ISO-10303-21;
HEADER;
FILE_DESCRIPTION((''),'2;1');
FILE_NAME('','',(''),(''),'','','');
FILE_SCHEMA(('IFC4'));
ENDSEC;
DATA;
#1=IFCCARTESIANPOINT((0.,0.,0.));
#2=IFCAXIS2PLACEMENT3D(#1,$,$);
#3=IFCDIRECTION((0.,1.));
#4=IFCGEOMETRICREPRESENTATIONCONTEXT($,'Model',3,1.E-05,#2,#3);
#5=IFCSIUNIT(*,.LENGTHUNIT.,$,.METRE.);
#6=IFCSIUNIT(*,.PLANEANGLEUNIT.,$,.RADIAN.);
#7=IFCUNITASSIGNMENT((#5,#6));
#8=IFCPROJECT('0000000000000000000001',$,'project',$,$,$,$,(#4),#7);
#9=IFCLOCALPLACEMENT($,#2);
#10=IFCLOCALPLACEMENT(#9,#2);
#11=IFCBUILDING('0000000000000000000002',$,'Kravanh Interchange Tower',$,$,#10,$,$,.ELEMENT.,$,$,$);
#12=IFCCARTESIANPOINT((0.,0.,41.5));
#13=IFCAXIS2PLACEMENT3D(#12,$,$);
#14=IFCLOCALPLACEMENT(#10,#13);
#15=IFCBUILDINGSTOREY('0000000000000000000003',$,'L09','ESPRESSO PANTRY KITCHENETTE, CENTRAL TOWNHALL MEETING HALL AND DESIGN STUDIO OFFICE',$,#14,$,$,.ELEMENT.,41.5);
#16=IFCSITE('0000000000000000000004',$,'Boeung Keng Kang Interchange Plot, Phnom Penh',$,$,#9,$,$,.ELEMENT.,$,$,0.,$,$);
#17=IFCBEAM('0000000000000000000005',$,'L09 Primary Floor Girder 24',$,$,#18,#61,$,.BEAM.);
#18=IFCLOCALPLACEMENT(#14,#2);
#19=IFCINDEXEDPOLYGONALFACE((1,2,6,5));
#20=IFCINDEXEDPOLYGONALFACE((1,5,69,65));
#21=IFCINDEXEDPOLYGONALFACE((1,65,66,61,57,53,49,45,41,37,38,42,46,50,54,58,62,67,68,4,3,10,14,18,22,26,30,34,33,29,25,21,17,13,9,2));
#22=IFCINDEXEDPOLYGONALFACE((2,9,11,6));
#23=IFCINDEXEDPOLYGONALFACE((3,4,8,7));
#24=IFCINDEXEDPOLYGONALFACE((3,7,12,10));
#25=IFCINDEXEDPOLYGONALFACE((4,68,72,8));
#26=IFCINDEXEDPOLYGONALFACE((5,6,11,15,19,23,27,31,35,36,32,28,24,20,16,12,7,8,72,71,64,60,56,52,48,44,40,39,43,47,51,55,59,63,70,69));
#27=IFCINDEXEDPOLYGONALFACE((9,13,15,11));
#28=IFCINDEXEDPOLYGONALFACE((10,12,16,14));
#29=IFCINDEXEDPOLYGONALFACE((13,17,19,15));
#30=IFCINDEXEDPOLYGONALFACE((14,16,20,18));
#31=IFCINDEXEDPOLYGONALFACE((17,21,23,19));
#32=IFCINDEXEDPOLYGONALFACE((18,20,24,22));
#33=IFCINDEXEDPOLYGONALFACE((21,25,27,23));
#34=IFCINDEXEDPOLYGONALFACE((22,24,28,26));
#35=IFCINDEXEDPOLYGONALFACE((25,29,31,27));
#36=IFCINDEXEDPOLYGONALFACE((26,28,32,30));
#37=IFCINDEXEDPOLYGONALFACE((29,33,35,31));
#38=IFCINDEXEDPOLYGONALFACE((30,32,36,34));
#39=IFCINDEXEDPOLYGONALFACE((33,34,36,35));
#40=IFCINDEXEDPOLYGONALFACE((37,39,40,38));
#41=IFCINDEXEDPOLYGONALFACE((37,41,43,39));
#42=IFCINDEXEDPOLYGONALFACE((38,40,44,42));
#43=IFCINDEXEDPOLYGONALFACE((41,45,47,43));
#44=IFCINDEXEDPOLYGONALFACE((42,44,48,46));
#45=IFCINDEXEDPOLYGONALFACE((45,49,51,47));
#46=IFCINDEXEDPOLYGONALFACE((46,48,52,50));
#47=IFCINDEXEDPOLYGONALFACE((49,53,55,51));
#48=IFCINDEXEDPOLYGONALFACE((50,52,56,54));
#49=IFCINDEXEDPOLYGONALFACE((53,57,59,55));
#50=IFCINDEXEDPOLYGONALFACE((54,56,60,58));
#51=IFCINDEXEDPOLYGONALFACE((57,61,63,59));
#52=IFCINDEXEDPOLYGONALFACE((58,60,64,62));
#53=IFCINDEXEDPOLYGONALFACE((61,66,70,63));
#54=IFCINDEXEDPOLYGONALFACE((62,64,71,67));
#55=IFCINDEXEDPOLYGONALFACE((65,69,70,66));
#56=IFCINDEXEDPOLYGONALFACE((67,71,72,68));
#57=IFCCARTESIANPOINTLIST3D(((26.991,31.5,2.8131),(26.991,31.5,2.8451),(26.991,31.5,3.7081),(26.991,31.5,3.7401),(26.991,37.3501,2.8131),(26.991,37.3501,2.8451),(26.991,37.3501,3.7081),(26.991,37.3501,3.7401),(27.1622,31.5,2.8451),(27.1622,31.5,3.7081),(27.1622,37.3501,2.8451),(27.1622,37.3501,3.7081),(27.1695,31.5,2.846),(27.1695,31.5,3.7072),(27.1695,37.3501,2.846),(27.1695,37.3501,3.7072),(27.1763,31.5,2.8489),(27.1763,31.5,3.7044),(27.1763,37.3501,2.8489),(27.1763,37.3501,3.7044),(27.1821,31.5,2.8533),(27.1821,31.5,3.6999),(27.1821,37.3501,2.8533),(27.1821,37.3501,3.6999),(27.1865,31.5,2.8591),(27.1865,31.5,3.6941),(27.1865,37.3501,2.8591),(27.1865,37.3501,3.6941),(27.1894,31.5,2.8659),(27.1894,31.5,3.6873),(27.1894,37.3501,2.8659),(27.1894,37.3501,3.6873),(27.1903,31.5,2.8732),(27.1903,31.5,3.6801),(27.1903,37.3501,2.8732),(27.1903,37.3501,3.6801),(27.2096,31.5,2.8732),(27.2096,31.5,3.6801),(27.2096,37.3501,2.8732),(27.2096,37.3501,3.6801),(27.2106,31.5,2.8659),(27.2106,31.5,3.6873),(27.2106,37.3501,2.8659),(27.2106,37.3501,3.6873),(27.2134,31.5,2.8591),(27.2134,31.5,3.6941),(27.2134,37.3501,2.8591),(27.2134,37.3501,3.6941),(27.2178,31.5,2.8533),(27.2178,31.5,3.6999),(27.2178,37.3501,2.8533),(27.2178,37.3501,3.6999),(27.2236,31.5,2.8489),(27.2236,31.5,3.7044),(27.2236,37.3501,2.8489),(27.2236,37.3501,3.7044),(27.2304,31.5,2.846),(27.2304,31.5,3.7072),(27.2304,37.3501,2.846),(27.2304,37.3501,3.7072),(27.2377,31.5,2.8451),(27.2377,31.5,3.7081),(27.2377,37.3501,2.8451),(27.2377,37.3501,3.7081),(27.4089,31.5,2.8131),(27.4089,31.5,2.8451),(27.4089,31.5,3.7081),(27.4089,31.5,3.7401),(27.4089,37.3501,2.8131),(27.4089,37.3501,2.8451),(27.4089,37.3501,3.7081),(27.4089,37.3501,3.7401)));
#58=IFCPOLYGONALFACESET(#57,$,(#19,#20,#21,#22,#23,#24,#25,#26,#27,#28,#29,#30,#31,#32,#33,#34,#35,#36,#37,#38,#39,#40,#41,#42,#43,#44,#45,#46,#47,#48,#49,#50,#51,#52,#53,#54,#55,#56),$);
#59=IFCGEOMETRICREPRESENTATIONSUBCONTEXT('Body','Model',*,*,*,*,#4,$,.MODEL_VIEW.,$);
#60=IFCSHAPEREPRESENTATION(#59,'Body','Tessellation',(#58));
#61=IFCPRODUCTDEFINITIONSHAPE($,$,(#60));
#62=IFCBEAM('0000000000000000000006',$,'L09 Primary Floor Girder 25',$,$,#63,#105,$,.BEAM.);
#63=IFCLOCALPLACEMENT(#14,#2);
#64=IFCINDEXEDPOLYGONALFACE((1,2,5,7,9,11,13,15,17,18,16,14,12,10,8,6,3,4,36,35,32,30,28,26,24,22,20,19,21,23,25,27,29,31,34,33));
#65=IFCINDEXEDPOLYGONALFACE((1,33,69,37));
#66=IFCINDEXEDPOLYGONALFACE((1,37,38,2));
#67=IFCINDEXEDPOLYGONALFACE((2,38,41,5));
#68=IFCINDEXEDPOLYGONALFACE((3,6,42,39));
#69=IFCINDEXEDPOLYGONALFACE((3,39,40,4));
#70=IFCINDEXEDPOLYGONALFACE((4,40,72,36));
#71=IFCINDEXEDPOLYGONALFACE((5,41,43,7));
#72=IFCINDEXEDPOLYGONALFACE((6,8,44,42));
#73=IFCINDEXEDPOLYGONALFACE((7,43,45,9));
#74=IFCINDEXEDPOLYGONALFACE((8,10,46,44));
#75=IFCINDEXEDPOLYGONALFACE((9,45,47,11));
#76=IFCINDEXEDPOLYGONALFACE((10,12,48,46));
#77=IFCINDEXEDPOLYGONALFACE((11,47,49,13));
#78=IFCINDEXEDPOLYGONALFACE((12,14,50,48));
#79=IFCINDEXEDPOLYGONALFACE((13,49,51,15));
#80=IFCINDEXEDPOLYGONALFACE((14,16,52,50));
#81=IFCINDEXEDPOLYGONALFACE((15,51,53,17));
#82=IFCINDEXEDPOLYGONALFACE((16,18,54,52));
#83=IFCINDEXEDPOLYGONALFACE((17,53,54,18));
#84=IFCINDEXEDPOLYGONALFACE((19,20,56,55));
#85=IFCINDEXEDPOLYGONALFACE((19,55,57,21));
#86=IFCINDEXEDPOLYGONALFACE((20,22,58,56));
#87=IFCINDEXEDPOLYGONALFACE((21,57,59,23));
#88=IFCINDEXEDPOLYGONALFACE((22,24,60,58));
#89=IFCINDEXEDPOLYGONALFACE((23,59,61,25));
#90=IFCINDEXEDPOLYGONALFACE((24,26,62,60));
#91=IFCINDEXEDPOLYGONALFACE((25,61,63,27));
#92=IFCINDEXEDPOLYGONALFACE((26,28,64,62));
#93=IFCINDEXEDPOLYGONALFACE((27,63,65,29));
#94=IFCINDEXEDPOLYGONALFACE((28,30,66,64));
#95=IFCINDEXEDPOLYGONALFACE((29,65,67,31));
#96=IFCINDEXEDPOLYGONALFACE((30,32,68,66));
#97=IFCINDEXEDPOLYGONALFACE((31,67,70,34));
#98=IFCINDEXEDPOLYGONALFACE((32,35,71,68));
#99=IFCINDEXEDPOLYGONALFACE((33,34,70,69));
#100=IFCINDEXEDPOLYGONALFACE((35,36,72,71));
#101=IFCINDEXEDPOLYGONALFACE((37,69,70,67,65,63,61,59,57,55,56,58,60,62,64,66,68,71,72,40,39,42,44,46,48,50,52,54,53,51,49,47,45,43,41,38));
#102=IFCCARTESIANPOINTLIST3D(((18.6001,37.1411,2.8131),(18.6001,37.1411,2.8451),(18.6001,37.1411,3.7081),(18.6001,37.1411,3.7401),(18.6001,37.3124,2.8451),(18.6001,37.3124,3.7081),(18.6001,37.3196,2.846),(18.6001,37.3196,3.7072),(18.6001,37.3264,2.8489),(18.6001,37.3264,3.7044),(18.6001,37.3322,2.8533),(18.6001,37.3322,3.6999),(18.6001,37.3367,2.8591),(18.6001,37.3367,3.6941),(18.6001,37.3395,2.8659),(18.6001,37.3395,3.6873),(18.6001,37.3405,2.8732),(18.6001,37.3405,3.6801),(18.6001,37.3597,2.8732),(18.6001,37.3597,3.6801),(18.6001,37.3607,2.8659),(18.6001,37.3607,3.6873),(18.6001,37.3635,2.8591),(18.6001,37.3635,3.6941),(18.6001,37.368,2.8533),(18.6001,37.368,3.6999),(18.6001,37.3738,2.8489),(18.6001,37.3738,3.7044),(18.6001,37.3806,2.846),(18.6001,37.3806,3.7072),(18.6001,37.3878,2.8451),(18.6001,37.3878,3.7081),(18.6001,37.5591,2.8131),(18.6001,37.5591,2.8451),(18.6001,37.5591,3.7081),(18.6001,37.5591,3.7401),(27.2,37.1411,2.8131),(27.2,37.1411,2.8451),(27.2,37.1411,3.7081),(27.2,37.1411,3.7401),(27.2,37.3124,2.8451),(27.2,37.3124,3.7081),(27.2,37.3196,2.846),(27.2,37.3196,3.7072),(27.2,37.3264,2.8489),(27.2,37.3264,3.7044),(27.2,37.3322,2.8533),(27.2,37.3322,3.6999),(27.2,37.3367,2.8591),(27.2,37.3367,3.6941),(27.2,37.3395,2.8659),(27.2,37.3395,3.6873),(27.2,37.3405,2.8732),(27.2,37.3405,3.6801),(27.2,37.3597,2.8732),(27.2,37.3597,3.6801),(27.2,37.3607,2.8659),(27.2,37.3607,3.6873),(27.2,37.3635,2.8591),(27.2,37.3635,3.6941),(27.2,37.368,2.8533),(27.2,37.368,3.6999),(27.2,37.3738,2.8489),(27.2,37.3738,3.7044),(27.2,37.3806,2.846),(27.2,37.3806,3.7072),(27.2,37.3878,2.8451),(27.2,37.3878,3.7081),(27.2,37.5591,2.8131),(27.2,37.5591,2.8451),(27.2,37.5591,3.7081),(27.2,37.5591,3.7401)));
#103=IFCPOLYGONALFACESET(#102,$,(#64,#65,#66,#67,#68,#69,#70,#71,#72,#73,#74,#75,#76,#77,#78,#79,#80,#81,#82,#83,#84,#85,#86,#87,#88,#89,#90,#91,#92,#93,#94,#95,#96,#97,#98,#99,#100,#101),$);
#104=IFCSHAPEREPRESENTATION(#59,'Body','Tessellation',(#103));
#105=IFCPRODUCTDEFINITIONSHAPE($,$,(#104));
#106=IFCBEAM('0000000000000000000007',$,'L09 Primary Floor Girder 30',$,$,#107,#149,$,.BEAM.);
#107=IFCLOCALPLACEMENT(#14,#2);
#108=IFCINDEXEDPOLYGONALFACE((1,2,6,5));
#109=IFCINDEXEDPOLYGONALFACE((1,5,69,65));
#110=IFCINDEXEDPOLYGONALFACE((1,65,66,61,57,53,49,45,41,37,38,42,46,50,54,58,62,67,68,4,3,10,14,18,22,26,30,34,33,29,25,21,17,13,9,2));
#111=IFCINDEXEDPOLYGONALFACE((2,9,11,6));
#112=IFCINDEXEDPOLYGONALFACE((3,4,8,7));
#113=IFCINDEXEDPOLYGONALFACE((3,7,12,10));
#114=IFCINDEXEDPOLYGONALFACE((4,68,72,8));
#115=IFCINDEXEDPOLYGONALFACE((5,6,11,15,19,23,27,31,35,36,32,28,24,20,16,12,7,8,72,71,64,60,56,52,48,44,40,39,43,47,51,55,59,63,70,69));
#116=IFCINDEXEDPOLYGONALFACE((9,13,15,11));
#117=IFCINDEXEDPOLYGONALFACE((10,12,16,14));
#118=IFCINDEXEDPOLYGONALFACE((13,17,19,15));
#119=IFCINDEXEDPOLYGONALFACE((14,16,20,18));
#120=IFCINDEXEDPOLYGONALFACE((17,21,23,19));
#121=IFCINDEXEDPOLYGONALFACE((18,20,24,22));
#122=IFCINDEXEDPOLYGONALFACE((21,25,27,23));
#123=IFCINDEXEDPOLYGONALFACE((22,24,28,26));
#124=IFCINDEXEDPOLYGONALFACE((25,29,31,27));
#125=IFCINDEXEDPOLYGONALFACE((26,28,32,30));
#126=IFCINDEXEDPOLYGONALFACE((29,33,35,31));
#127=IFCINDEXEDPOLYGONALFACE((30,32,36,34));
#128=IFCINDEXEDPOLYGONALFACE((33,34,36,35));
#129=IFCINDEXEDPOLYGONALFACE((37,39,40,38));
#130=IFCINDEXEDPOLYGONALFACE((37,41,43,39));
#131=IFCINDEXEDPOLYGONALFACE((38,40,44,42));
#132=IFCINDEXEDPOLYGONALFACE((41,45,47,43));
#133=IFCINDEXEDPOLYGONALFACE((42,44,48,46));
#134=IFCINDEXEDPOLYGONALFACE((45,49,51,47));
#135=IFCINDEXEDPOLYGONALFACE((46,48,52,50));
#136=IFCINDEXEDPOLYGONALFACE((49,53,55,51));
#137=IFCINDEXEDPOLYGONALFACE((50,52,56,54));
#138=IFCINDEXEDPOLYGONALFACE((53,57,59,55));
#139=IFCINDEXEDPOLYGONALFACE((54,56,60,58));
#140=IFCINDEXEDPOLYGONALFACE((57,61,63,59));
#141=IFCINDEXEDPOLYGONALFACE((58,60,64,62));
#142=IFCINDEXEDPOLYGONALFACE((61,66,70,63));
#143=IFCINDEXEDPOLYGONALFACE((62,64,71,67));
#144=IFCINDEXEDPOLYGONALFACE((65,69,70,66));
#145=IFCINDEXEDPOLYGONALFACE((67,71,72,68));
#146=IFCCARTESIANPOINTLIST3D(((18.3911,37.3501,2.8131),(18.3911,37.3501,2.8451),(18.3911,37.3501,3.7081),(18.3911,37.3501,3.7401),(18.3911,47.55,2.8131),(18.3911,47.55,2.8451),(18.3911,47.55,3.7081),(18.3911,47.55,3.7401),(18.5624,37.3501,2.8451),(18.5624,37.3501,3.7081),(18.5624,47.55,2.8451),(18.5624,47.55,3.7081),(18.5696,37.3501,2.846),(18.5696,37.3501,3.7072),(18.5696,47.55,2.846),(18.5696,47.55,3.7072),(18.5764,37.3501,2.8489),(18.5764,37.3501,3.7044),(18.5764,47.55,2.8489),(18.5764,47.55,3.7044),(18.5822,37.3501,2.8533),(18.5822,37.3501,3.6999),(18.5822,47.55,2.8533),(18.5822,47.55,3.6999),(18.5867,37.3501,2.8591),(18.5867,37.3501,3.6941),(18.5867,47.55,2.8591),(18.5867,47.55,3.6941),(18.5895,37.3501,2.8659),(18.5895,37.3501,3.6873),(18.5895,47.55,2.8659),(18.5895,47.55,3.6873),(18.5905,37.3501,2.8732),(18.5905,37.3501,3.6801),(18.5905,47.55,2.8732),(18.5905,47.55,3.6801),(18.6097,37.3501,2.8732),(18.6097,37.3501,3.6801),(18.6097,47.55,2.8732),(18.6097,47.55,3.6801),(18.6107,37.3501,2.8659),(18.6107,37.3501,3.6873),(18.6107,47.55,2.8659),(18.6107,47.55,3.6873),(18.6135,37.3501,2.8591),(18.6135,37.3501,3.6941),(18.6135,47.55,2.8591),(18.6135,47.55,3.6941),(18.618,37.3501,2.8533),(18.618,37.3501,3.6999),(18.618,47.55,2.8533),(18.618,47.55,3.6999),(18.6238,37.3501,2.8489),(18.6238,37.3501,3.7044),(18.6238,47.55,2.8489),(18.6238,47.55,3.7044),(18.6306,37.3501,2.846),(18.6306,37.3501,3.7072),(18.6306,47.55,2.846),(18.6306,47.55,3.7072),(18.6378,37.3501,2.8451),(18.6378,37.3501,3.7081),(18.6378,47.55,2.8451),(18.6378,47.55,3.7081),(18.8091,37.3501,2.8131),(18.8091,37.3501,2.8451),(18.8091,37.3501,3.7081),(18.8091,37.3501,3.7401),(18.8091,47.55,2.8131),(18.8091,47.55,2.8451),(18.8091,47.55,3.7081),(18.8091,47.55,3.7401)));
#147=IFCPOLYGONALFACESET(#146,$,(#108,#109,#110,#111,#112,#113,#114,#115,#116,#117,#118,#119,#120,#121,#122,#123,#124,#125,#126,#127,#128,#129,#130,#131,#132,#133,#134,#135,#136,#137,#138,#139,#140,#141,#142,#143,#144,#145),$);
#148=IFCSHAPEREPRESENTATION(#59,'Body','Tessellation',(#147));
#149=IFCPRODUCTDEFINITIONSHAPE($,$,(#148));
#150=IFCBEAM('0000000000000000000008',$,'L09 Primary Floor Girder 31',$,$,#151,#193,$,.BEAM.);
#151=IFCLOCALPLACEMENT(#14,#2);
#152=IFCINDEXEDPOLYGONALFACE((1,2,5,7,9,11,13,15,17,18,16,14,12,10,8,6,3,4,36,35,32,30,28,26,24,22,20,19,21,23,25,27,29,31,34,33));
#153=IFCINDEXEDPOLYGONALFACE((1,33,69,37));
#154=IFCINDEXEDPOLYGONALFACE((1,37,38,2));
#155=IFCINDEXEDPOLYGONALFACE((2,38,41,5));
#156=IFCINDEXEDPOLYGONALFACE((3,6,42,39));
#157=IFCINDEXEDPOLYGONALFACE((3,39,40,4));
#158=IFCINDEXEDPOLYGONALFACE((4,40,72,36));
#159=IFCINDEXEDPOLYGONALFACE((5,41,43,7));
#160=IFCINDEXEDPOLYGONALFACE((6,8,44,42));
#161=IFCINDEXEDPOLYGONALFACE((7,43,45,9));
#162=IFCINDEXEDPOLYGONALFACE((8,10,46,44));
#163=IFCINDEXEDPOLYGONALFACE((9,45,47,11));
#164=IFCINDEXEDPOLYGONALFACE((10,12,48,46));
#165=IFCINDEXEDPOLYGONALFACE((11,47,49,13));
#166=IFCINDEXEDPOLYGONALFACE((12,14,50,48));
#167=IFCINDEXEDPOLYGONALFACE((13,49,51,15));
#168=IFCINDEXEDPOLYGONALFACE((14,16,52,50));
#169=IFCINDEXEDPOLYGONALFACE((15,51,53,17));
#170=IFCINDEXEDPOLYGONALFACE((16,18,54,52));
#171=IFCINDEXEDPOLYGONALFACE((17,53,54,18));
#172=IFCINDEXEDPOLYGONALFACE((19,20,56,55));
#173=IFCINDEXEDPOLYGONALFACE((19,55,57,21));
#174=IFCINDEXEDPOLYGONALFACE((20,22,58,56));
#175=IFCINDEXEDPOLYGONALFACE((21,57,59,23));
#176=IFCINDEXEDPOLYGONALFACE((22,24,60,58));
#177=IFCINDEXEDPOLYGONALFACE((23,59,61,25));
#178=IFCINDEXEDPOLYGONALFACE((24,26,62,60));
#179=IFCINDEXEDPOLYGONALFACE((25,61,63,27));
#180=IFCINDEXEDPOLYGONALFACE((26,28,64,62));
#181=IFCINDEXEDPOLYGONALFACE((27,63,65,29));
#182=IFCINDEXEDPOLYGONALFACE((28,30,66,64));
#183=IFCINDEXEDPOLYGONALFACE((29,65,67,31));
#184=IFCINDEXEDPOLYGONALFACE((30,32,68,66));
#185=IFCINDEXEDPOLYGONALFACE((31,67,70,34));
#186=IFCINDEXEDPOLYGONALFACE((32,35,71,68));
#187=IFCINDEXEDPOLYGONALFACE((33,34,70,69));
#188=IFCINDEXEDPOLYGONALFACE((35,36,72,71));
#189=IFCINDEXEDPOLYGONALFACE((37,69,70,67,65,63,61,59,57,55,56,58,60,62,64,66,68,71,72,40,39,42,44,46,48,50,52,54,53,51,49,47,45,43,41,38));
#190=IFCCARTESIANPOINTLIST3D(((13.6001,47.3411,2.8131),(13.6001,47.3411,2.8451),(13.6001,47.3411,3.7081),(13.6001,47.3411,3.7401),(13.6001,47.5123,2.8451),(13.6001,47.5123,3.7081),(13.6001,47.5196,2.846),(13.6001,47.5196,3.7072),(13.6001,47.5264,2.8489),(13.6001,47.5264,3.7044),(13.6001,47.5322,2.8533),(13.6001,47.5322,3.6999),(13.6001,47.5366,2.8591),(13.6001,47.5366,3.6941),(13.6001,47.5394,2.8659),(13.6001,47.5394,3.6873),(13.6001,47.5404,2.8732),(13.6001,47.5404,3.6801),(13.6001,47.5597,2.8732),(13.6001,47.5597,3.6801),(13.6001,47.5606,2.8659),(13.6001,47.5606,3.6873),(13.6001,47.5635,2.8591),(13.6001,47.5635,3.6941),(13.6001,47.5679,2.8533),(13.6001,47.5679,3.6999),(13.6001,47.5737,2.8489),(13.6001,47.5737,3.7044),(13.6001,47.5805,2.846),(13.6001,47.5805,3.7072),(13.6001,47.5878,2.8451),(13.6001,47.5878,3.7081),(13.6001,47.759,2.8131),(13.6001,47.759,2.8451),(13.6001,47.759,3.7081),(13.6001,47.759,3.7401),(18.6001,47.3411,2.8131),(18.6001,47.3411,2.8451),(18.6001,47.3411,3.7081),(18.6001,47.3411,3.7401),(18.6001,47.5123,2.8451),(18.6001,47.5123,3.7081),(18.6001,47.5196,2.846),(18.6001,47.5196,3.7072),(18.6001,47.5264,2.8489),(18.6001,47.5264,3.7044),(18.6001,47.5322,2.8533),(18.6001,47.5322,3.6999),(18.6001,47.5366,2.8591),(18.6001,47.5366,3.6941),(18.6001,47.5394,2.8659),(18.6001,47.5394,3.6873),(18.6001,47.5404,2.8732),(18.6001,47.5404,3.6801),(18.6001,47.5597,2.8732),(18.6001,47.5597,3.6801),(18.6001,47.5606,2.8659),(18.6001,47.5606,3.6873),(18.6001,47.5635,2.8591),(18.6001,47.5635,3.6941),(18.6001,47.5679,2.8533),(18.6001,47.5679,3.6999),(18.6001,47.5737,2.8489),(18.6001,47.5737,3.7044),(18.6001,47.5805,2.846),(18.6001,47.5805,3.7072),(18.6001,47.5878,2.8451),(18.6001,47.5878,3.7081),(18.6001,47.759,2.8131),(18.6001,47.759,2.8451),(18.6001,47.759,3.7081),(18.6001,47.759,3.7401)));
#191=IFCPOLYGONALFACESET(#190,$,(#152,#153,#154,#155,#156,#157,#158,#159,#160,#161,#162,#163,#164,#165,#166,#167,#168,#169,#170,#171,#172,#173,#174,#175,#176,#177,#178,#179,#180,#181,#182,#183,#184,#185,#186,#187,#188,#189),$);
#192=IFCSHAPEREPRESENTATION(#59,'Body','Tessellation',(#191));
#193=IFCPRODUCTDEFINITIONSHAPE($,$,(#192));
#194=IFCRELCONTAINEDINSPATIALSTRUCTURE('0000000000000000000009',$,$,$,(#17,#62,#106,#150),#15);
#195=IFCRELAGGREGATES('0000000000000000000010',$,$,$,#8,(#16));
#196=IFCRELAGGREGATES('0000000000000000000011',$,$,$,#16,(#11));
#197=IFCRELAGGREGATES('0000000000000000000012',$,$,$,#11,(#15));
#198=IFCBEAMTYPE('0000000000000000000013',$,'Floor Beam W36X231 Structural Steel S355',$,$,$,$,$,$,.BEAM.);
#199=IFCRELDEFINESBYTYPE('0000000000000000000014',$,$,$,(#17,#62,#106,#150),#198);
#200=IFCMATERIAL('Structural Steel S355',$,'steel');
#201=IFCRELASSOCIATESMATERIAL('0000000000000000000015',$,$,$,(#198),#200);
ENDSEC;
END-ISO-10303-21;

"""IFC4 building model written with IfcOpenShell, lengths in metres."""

from ifc_helpers import new_model, si_unit, direction, frame, origin, origin_2d, place, context, subcontext, project, spatial, i_section, extrude, material, material_profile, profile_set, type_object, element, save


model = new_model("IFC4")

# Units and contexts
model_context = context("Model", 3, precision=1e-05, world=origin(), true_north=direction((0.0, 1.0)))
body_context = subcontext(model_context, "Body", "Model", "MODEL_VIEW")
ifc_project = project(units=[si_unit("LENGTHUNIT", "METRE"), si_unit("PLANEANGLEUNIT", "RADIAN")], contexts=[model_context])

# Site, building, storey
site_placement = place(None, origin())
site = spatial("IfcSite", under=ifc_project, at=site_placement, Name="Boeung Keng Kang Interchange Plot, Phnom Penh", CompositionType="ELEMENT", RefElevation=0.0)
building_placement = place(site_placement, origin())
building = spatial("IfcBuilding", under=site, at=building_placement, Name="Kravanh Interchange Tower", CompositionType="ELEMENT")
storey_placement = place(building_placement, frame((0.0, 0.0, 41.5)))
storey = spatial("IfcBuildingStorey", under=building, at=storey_placement, Name="L09", Description="ESPRESSO PANTRY KITCHENETTE, CENTRAL TOWNHALL MEETING HALL AND DESIGN STUDIO OFFICE", CompositionType="ELEMENT", Elevation=41.5)

# Beams
ifc_material_1 = material(Name="Structural Steel S355", Category="steel")
ifc_material_profile_1 = material_profile(ifc_material_1, i_section(OverallWidth=0.418, OverallDepth=0.927, WebThickness=0.0193, FlangeThickness=0.032, FilletRadius=0.0281, at=origin_2d()), Name="W36X231")
ifc_profile_set_1 = profile_set([ifc_material_profile_1], Name="Structural Steel S355")
beam_type = type_object("IfcBeamType", Name="Floor Beam W36X231 Structural Steel S355", PredefinedType="BEAM", material=ifc_profile_set_1)
beam_1_placement = place(storey_placement, frame((27.2, 37.3501, 3.2766), z_axis=(0.0, -1.0, 0.0), x_axis=(1.0, 0.0, 0.0)))
element("IfcBeam", 1, at=beam_1_placement, inside=storey, type_object=beam_type, Name="L09 Primary Floor Girder 24", PredefinedType="BEAM", context=body_context, shape_type="SweptSolid", body=[
    extrude(i_section(OverallWidth=0.418, OverallDepth=0.927, WebThickness=0.0193, FlangeThickness=0.032, FilletRadius=0.0281, at=origin_2d()), origin(), (0.0, 0.0, 1.0), 5.8501),
])
beam_2_placement = place(storey_placement, frame((27.2, 37.3501, 3.2766), z_axis=(-1.0, 0.0, 0.0), x_axis=(0.0, -1.0, 0.0)))
element("IfcBeam", 2, at=beam_2_placement, inside=storey, type_object=beam_type, Name="L09 Primary Floor Girder 25", PredefinedType="BEAM", context=body_context, shape_type="SweptSolid", body=[
    extrude(i_section(OverallWidth=0.418, OverallDepth=0.927, WebThickness=0.0193, FlangeThickness=0.032, FilletRadius=0.0281, at=origin_2d()), origin(), (0.0, 0.0, 1.0), 8.5999),
])
beam_3_placement = place(storey_placement, frame((18.6001, 37.3501, 3.2766), z_axis=(0.0, 1.0, 0.0), x_axis=(-1.0, 0.0, 0.0)))
element("IfcBeam", 3, at=beam_3_placement, inside=storey, type_object=beam_type, Name="L09 Primary Floor Girder 30", PredefinedType="BEAM", context=body_context, shape_type="SweptSolid", body=[
    extrude(i_section(OverallWidth=0.418, OverallDepth=0.927, WebThickness=0.0193, FlangeThickness=0.032, FilletRadius=0.0281, at=origin_2d()), origin(), (0.0, 0.0, 1.0), 10.2),
])
beam_4_placement = place(storey_placement, frame((18.6001, 47.55, 3.2766), z_axis=(-1.0, 0.0, 0.0), x_axis=(0.0, -1.0, 0.0)))
element("IfcBeam", 4, at=beam_4_placement, inside=storey, type_object=beam_type, Name="L09 Primary Floor Girder 31", PredefinedType="BEAM", context=body_context, shape_type="SweptSolid", body=[
    extrude(i_section(OverallWidth=0.418, OverallDepth=0.927, WebThickness=0.0193, FlangeThickness=0.032, FilletRadius=0.0281, at=origin_2d()), origin(), (0.0, 0.0, 1.0), 5.0),
])

save(model, "model.ifc")
